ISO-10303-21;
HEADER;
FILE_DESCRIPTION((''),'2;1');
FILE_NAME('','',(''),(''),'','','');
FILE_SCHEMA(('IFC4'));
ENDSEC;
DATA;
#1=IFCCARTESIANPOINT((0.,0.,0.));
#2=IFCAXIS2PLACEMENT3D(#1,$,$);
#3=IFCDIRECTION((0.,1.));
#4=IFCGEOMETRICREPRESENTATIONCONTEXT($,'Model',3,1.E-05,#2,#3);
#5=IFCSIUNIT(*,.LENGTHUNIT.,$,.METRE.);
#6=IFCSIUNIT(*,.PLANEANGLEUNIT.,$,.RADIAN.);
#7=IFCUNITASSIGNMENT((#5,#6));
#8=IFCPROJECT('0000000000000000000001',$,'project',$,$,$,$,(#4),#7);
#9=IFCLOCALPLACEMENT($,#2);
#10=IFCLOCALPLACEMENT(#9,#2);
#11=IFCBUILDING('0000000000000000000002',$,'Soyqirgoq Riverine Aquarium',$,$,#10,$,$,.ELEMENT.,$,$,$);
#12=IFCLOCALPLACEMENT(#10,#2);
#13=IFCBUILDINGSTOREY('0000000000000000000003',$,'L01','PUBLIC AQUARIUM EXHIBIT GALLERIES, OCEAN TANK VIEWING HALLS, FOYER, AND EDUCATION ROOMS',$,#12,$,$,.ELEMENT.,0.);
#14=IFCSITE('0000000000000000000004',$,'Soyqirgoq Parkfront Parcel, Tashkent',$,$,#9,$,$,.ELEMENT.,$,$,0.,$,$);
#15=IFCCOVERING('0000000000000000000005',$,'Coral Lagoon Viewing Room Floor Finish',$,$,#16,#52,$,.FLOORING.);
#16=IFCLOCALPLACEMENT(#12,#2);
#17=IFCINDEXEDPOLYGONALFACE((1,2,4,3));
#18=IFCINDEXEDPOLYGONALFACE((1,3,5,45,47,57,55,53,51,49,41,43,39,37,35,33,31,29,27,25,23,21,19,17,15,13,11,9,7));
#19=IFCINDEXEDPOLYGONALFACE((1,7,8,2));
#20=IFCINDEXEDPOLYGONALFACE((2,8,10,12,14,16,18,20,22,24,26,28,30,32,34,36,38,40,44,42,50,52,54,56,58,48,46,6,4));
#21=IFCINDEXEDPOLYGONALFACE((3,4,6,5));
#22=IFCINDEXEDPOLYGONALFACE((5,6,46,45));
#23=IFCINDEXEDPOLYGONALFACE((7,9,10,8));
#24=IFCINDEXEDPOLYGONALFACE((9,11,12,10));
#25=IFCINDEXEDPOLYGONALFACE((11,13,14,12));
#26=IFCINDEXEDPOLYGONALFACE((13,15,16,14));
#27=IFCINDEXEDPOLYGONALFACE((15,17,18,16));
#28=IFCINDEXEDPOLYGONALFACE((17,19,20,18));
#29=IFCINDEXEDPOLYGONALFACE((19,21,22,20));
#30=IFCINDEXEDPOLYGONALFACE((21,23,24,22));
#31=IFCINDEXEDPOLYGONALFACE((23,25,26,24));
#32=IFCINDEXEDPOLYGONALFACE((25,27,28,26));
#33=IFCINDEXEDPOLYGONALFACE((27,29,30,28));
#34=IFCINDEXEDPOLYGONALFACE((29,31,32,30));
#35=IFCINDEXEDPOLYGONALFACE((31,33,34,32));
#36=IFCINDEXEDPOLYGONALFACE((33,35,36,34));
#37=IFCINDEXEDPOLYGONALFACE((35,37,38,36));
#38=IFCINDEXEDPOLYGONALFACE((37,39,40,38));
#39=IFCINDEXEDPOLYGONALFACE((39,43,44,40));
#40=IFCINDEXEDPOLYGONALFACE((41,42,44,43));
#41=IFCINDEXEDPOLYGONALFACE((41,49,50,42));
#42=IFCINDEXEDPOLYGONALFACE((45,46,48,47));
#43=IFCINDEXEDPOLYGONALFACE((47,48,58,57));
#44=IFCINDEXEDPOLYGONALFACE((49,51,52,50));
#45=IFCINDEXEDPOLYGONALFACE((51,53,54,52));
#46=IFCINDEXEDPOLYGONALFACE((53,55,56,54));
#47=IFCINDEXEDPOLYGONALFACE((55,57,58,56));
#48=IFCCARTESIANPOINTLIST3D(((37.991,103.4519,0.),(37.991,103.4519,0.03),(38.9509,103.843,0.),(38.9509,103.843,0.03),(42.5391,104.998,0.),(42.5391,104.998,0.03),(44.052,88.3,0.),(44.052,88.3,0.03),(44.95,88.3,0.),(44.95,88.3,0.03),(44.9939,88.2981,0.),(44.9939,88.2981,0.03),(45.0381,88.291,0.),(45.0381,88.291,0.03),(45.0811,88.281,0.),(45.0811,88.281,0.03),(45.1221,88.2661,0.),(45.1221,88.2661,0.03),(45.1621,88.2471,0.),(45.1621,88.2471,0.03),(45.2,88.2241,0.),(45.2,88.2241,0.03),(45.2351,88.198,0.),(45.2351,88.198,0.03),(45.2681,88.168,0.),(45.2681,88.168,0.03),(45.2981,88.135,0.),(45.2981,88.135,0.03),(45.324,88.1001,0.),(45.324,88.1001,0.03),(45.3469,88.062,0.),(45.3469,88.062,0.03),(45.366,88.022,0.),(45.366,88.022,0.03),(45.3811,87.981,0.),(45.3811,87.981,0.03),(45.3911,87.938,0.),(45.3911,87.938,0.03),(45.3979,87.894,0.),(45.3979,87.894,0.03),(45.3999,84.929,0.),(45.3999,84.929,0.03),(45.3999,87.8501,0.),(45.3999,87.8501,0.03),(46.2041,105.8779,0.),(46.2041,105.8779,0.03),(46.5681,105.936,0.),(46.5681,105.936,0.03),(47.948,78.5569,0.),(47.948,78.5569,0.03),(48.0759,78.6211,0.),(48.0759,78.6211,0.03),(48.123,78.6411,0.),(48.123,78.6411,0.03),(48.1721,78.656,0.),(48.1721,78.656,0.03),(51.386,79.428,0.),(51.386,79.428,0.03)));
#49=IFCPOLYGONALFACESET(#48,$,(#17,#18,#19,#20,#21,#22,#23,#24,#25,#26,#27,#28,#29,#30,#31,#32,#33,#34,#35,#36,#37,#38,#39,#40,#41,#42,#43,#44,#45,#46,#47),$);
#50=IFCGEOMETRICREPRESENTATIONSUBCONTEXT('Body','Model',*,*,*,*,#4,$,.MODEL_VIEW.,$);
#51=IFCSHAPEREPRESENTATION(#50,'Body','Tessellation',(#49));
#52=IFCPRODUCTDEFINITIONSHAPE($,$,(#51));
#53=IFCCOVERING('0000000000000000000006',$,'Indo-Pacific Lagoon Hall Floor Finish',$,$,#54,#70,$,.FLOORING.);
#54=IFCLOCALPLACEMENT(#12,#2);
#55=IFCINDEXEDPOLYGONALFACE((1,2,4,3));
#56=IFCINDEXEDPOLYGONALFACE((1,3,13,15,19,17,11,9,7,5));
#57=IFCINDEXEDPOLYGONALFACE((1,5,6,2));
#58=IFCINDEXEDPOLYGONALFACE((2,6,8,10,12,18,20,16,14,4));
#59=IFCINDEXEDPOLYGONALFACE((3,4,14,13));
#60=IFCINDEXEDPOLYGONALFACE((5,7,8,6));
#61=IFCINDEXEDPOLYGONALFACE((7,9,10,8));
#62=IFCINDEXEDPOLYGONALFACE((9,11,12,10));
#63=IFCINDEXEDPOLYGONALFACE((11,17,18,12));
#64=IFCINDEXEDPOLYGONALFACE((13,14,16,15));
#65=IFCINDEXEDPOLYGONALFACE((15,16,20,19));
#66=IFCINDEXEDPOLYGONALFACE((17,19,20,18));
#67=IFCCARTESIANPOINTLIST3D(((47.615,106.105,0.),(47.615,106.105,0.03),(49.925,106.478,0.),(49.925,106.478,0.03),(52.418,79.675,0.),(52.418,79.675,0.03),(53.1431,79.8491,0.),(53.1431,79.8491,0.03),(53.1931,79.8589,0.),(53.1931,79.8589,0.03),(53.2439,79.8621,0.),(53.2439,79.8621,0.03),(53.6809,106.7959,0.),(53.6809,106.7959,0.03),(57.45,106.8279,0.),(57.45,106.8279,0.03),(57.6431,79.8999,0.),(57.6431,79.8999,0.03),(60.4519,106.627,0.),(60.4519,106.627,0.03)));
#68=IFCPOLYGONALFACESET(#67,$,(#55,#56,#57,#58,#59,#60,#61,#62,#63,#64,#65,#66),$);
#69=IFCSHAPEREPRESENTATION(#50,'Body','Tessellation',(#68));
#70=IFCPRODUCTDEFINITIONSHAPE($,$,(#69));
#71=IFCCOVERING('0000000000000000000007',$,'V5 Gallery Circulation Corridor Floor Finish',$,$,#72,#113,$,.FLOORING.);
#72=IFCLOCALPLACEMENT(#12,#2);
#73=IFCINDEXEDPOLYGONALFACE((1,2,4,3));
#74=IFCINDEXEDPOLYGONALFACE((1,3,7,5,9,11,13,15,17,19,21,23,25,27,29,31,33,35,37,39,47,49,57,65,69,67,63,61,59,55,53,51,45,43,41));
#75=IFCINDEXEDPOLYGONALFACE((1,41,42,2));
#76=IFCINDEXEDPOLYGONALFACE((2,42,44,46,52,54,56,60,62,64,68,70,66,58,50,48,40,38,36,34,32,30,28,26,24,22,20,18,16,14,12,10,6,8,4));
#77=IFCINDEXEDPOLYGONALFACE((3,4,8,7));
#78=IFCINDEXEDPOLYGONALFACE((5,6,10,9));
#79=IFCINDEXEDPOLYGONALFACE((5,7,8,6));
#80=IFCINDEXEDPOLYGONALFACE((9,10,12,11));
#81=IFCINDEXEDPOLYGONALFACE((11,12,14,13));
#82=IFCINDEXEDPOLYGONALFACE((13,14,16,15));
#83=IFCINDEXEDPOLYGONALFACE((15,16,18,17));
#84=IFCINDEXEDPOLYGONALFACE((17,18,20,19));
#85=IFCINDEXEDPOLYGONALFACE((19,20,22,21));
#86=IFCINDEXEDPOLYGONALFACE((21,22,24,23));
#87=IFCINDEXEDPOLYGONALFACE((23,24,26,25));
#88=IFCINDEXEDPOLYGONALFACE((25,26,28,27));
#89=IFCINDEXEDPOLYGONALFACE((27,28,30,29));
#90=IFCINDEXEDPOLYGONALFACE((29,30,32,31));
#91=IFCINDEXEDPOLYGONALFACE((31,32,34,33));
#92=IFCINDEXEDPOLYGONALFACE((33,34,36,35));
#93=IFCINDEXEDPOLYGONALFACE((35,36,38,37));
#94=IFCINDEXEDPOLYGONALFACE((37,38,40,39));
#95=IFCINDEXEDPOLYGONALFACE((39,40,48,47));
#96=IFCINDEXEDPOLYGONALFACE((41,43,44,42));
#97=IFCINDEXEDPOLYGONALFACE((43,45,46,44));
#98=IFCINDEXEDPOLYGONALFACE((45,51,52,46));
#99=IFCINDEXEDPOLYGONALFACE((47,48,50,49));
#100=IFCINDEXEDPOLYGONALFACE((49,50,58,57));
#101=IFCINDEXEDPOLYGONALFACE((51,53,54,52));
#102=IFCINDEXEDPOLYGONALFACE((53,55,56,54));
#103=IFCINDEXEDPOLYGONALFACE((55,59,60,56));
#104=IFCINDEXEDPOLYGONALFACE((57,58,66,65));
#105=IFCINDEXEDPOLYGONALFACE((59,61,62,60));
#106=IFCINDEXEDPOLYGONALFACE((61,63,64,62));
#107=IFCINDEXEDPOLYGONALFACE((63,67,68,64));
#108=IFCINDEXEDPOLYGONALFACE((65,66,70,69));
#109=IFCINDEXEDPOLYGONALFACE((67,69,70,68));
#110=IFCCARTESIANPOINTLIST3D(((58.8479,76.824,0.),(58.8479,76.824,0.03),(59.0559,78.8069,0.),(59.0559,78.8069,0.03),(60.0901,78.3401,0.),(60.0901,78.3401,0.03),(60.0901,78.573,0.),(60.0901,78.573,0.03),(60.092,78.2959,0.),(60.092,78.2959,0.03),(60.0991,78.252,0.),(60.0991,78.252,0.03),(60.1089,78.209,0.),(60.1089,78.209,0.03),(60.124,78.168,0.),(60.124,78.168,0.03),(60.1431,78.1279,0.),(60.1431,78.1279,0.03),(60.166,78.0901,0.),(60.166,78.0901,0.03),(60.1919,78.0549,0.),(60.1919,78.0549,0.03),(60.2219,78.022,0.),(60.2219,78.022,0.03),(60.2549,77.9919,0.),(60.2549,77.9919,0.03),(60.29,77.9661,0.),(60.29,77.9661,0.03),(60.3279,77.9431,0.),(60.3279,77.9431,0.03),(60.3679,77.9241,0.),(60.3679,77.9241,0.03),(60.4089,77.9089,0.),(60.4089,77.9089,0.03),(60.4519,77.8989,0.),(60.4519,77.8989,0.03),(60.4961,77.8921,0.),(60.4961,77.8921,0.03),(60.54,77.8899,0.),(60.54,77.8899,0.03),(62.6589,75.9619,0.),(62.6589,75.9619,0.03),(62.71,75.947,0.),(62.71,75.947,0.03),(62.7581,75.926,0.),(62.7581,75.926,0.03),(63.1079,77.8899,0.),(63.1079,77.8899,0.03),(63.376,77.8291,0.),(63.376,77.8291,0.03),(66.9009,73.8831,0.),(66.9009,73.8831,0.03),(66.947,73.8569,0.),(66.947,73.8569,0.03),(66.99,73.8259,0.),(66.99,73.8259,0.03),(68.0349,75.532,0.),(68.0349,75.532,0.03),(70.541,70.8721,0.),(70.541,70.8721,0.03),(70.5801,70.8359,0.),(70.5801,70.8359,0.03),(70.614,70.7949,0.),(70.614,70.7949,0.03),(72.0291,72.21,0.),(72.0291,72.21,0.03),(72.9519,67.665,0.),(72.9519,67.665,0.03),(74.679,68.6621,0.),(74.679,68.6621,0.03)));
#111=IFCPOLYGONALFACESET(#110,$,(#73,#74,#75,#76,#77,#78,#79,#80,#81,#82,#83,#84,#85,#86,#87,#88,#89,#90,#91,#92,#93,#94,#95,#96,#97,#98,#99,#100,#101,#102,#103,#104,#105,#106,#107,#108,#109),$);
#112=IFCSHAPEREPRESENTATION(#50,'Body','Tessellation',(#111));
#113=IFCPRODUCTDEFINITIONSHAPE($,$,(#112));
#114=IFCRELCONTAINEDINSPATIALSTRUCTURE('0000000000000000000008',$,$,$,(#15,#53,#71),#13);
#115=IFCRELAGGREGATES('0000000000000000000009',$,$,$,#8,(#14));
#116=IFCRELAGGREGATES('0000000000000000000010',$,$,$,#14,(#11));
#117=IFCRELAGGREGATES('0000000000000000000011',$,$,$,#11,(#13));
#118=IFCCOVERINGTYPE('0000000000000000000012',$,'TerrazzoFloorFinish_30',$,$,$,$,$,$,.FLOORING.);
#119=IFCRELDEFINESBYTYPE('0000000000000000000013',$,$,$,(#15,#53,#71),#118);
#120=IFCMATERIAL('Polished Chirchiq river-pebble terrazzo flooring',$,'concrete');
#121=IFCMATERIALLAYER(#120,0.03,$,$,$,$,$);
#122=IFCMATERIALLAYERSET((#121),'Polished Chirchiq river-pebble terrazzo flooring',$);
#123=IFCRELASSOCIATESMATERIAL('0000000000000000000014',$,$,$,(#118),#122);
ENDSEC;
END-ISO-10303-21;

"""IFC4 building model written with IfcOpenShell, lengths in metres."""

from ifc_helpers import new_model, si_unit, direction, origin, place, context, subcontext, project, spatial, polyline, outline, extrude, material, layer, layer_set, type_object, element, save


model = new_model("IFC4")

# Units and contexts
model_context = context("Model", 3, precision=1e-05, world=origin(), true_north=direction((0.0, 1.0)))
body_context = subcontext(model_context, "Body", "Model", "MODEL_VIEW")
ifc_project = project(units=[si_unit("LENGTHUNIT", "METRE"), si_unit("PLANEANGLEUNIT", "RADIAN")], contexts=[model_context])

# Site, building, storey
site_placement = place(None, origin())
site = spatial("IfcSite", under=ifc_project, at=site_placement, Name="Soyqirgoq Parkfront Parcel, Tashkent", CompositionType="ELEMENT", RefElevation=0.0)
building_placement = place(site_placement, origin())
building = spatial("IfcBuilding", under=site, at=building_placement, Name="Soyqirgoq Riverine Aquarium", CompositionType="ELEMENT")
storey_placement = place(building_placement, origin())
storey = spatial("IfcBuildingStorey", under=building, at=storey_placement, Name="L01", Description="PUBLIC AQUARIUM EXHIBIT GALLERIES, OCEAN TANK VIEWING HALLS, FOYER, AND EDUCATION ROOMS", CompositionType="ELEMENT", Elevation=0.0)

# Coverings
ifc_material_1 = material(Name="Polished Chirchiq river-pebble terrazzo flooring", Category="concrete")
ifc_layer_1 = layer(ifc_material_1, 0.03)
ifc_layer_set_1 = layer_set([ifc_layer_1], Name="Polished Chirchiq river-pebble terrazzo flooring")
covering_type_1 = type_object("IfcCoveringType", Name="TerrazzoFloorFinish_30", PredefinedType="FLOORING", material=ifc_layer_set_1)
covering_1_placement = place(storey_placement, origin())
element("IfcCovering", 1, at=covering_1_placement, inside=storey, type_object=covering_type_1, Name="Coral Lagoon Viewing Room Floor Finish", PredefinedType="FLOORING", context=body_context, shape_type="SweptSolid", body=[
    extrude(outline(polyline([(38.9509, 103.843), (42.5391, 104.998), (46.2041, 105.8779), (46.5681, 105.936), (51.386, 79.428), (48.1721, 78.656), (48.123, 78.6411), (48.0759, 78.6211), (47.948, 78.5569), (45.3999, 84.929), (45.3999, 87.8501), (45.3979, 87.894), (45.3911, 87.938), (45.3811, 87.981), (45.366, 88.022), (45.3469, 88.062), (45.324, 88.1001), (45.2981, 88.135), (45.2681, 88.168), (45.2351, 88.198), (45.2, 88.2241), (45.1621, 88.2471), (45.1221, 88.2661), (45.0811, 88.281), (45.0381, 88.291), (44.9939, 88.2981), (44.95, 88.3), (44.052, 88.3), (37.991, 103.4519), (38.9509, 103.843)])), origin(), (0.0, 0.0, 1.0), 0.03),
])
covering_2_placement = place(storey_placement, origin())
element("IfcCovering", 2, at=covering_2_placement, inside=storey, type_object=covering_type_1, Name="Indo-Pacific Lagoon Hall Floor Finish", PredefinedType="FLOORING", context=body_context, shape_type="SweptSolid", body=[
    extrude(outline(polyline([(49.925, 106.478), (53.6809, 106.7959), (57.45, 106.8279), (60.4519, 106.627), (57.6431, 79.8999), (53.2439, 79.8621), (53.1931, 79.8589), (53.1431, 79.8491), (52.418, 79.675), (47.615, 106.105), (49.925, 106.478)])), origin(), (0.0, 0.0, 1.0), 0.03),
])
covering_3_placement = place(storey_placement, origin())
element("IfcCovering", 3, at=covering_3_placement, inside=storey, type_object=covering_type_1, Name="V5 Gallery Circulation Corridor Floor Finish", PredefinedType="FLOORING", context=body_context, shape_type="SweptSolid", body=[
    extrude(outline(polyline([(63.376, 77.8291), (68.0349, 75.532), (72.0291, 72.21), (74.679, 68.6621), (72.9519, 67.665), (70.614, 70.7949), (70.5801, 70.8359), (70.541, 70.8721), (66.99, 73.8259), (66.947, 73.8569), (66.9009, 73.8831), (62.7581, 75.926), (62.71, 75.947), (62.6589, 75.9619), (58.8479, 76.824), (59.0559, 78.8069), (60.0901, 78.573), (60.0901, 78.3401), (60.092, 78.2959), (60.0991, 78.252), (60.1089, 78.209), (60.124, 78.168), (60.1431, 78.1279), (60.166, 78.0901), (60.1919, 78.0549), (60.2219, 78.022), (60.2549, 77.9919), (60.29, 77.9661), (60.3279, 77.9431), (60.3679, 77.9241), (60.4089, 77.9089), (60.4519, 77.8989), (60.4961, 77.8921), (60.54, 77.8899), (63.1079, 77.8899), (63.376, 77.8291)])), origin(), (0.0, 0.0, 1.0), 0.03),
])

save(model, "model.ifc")
